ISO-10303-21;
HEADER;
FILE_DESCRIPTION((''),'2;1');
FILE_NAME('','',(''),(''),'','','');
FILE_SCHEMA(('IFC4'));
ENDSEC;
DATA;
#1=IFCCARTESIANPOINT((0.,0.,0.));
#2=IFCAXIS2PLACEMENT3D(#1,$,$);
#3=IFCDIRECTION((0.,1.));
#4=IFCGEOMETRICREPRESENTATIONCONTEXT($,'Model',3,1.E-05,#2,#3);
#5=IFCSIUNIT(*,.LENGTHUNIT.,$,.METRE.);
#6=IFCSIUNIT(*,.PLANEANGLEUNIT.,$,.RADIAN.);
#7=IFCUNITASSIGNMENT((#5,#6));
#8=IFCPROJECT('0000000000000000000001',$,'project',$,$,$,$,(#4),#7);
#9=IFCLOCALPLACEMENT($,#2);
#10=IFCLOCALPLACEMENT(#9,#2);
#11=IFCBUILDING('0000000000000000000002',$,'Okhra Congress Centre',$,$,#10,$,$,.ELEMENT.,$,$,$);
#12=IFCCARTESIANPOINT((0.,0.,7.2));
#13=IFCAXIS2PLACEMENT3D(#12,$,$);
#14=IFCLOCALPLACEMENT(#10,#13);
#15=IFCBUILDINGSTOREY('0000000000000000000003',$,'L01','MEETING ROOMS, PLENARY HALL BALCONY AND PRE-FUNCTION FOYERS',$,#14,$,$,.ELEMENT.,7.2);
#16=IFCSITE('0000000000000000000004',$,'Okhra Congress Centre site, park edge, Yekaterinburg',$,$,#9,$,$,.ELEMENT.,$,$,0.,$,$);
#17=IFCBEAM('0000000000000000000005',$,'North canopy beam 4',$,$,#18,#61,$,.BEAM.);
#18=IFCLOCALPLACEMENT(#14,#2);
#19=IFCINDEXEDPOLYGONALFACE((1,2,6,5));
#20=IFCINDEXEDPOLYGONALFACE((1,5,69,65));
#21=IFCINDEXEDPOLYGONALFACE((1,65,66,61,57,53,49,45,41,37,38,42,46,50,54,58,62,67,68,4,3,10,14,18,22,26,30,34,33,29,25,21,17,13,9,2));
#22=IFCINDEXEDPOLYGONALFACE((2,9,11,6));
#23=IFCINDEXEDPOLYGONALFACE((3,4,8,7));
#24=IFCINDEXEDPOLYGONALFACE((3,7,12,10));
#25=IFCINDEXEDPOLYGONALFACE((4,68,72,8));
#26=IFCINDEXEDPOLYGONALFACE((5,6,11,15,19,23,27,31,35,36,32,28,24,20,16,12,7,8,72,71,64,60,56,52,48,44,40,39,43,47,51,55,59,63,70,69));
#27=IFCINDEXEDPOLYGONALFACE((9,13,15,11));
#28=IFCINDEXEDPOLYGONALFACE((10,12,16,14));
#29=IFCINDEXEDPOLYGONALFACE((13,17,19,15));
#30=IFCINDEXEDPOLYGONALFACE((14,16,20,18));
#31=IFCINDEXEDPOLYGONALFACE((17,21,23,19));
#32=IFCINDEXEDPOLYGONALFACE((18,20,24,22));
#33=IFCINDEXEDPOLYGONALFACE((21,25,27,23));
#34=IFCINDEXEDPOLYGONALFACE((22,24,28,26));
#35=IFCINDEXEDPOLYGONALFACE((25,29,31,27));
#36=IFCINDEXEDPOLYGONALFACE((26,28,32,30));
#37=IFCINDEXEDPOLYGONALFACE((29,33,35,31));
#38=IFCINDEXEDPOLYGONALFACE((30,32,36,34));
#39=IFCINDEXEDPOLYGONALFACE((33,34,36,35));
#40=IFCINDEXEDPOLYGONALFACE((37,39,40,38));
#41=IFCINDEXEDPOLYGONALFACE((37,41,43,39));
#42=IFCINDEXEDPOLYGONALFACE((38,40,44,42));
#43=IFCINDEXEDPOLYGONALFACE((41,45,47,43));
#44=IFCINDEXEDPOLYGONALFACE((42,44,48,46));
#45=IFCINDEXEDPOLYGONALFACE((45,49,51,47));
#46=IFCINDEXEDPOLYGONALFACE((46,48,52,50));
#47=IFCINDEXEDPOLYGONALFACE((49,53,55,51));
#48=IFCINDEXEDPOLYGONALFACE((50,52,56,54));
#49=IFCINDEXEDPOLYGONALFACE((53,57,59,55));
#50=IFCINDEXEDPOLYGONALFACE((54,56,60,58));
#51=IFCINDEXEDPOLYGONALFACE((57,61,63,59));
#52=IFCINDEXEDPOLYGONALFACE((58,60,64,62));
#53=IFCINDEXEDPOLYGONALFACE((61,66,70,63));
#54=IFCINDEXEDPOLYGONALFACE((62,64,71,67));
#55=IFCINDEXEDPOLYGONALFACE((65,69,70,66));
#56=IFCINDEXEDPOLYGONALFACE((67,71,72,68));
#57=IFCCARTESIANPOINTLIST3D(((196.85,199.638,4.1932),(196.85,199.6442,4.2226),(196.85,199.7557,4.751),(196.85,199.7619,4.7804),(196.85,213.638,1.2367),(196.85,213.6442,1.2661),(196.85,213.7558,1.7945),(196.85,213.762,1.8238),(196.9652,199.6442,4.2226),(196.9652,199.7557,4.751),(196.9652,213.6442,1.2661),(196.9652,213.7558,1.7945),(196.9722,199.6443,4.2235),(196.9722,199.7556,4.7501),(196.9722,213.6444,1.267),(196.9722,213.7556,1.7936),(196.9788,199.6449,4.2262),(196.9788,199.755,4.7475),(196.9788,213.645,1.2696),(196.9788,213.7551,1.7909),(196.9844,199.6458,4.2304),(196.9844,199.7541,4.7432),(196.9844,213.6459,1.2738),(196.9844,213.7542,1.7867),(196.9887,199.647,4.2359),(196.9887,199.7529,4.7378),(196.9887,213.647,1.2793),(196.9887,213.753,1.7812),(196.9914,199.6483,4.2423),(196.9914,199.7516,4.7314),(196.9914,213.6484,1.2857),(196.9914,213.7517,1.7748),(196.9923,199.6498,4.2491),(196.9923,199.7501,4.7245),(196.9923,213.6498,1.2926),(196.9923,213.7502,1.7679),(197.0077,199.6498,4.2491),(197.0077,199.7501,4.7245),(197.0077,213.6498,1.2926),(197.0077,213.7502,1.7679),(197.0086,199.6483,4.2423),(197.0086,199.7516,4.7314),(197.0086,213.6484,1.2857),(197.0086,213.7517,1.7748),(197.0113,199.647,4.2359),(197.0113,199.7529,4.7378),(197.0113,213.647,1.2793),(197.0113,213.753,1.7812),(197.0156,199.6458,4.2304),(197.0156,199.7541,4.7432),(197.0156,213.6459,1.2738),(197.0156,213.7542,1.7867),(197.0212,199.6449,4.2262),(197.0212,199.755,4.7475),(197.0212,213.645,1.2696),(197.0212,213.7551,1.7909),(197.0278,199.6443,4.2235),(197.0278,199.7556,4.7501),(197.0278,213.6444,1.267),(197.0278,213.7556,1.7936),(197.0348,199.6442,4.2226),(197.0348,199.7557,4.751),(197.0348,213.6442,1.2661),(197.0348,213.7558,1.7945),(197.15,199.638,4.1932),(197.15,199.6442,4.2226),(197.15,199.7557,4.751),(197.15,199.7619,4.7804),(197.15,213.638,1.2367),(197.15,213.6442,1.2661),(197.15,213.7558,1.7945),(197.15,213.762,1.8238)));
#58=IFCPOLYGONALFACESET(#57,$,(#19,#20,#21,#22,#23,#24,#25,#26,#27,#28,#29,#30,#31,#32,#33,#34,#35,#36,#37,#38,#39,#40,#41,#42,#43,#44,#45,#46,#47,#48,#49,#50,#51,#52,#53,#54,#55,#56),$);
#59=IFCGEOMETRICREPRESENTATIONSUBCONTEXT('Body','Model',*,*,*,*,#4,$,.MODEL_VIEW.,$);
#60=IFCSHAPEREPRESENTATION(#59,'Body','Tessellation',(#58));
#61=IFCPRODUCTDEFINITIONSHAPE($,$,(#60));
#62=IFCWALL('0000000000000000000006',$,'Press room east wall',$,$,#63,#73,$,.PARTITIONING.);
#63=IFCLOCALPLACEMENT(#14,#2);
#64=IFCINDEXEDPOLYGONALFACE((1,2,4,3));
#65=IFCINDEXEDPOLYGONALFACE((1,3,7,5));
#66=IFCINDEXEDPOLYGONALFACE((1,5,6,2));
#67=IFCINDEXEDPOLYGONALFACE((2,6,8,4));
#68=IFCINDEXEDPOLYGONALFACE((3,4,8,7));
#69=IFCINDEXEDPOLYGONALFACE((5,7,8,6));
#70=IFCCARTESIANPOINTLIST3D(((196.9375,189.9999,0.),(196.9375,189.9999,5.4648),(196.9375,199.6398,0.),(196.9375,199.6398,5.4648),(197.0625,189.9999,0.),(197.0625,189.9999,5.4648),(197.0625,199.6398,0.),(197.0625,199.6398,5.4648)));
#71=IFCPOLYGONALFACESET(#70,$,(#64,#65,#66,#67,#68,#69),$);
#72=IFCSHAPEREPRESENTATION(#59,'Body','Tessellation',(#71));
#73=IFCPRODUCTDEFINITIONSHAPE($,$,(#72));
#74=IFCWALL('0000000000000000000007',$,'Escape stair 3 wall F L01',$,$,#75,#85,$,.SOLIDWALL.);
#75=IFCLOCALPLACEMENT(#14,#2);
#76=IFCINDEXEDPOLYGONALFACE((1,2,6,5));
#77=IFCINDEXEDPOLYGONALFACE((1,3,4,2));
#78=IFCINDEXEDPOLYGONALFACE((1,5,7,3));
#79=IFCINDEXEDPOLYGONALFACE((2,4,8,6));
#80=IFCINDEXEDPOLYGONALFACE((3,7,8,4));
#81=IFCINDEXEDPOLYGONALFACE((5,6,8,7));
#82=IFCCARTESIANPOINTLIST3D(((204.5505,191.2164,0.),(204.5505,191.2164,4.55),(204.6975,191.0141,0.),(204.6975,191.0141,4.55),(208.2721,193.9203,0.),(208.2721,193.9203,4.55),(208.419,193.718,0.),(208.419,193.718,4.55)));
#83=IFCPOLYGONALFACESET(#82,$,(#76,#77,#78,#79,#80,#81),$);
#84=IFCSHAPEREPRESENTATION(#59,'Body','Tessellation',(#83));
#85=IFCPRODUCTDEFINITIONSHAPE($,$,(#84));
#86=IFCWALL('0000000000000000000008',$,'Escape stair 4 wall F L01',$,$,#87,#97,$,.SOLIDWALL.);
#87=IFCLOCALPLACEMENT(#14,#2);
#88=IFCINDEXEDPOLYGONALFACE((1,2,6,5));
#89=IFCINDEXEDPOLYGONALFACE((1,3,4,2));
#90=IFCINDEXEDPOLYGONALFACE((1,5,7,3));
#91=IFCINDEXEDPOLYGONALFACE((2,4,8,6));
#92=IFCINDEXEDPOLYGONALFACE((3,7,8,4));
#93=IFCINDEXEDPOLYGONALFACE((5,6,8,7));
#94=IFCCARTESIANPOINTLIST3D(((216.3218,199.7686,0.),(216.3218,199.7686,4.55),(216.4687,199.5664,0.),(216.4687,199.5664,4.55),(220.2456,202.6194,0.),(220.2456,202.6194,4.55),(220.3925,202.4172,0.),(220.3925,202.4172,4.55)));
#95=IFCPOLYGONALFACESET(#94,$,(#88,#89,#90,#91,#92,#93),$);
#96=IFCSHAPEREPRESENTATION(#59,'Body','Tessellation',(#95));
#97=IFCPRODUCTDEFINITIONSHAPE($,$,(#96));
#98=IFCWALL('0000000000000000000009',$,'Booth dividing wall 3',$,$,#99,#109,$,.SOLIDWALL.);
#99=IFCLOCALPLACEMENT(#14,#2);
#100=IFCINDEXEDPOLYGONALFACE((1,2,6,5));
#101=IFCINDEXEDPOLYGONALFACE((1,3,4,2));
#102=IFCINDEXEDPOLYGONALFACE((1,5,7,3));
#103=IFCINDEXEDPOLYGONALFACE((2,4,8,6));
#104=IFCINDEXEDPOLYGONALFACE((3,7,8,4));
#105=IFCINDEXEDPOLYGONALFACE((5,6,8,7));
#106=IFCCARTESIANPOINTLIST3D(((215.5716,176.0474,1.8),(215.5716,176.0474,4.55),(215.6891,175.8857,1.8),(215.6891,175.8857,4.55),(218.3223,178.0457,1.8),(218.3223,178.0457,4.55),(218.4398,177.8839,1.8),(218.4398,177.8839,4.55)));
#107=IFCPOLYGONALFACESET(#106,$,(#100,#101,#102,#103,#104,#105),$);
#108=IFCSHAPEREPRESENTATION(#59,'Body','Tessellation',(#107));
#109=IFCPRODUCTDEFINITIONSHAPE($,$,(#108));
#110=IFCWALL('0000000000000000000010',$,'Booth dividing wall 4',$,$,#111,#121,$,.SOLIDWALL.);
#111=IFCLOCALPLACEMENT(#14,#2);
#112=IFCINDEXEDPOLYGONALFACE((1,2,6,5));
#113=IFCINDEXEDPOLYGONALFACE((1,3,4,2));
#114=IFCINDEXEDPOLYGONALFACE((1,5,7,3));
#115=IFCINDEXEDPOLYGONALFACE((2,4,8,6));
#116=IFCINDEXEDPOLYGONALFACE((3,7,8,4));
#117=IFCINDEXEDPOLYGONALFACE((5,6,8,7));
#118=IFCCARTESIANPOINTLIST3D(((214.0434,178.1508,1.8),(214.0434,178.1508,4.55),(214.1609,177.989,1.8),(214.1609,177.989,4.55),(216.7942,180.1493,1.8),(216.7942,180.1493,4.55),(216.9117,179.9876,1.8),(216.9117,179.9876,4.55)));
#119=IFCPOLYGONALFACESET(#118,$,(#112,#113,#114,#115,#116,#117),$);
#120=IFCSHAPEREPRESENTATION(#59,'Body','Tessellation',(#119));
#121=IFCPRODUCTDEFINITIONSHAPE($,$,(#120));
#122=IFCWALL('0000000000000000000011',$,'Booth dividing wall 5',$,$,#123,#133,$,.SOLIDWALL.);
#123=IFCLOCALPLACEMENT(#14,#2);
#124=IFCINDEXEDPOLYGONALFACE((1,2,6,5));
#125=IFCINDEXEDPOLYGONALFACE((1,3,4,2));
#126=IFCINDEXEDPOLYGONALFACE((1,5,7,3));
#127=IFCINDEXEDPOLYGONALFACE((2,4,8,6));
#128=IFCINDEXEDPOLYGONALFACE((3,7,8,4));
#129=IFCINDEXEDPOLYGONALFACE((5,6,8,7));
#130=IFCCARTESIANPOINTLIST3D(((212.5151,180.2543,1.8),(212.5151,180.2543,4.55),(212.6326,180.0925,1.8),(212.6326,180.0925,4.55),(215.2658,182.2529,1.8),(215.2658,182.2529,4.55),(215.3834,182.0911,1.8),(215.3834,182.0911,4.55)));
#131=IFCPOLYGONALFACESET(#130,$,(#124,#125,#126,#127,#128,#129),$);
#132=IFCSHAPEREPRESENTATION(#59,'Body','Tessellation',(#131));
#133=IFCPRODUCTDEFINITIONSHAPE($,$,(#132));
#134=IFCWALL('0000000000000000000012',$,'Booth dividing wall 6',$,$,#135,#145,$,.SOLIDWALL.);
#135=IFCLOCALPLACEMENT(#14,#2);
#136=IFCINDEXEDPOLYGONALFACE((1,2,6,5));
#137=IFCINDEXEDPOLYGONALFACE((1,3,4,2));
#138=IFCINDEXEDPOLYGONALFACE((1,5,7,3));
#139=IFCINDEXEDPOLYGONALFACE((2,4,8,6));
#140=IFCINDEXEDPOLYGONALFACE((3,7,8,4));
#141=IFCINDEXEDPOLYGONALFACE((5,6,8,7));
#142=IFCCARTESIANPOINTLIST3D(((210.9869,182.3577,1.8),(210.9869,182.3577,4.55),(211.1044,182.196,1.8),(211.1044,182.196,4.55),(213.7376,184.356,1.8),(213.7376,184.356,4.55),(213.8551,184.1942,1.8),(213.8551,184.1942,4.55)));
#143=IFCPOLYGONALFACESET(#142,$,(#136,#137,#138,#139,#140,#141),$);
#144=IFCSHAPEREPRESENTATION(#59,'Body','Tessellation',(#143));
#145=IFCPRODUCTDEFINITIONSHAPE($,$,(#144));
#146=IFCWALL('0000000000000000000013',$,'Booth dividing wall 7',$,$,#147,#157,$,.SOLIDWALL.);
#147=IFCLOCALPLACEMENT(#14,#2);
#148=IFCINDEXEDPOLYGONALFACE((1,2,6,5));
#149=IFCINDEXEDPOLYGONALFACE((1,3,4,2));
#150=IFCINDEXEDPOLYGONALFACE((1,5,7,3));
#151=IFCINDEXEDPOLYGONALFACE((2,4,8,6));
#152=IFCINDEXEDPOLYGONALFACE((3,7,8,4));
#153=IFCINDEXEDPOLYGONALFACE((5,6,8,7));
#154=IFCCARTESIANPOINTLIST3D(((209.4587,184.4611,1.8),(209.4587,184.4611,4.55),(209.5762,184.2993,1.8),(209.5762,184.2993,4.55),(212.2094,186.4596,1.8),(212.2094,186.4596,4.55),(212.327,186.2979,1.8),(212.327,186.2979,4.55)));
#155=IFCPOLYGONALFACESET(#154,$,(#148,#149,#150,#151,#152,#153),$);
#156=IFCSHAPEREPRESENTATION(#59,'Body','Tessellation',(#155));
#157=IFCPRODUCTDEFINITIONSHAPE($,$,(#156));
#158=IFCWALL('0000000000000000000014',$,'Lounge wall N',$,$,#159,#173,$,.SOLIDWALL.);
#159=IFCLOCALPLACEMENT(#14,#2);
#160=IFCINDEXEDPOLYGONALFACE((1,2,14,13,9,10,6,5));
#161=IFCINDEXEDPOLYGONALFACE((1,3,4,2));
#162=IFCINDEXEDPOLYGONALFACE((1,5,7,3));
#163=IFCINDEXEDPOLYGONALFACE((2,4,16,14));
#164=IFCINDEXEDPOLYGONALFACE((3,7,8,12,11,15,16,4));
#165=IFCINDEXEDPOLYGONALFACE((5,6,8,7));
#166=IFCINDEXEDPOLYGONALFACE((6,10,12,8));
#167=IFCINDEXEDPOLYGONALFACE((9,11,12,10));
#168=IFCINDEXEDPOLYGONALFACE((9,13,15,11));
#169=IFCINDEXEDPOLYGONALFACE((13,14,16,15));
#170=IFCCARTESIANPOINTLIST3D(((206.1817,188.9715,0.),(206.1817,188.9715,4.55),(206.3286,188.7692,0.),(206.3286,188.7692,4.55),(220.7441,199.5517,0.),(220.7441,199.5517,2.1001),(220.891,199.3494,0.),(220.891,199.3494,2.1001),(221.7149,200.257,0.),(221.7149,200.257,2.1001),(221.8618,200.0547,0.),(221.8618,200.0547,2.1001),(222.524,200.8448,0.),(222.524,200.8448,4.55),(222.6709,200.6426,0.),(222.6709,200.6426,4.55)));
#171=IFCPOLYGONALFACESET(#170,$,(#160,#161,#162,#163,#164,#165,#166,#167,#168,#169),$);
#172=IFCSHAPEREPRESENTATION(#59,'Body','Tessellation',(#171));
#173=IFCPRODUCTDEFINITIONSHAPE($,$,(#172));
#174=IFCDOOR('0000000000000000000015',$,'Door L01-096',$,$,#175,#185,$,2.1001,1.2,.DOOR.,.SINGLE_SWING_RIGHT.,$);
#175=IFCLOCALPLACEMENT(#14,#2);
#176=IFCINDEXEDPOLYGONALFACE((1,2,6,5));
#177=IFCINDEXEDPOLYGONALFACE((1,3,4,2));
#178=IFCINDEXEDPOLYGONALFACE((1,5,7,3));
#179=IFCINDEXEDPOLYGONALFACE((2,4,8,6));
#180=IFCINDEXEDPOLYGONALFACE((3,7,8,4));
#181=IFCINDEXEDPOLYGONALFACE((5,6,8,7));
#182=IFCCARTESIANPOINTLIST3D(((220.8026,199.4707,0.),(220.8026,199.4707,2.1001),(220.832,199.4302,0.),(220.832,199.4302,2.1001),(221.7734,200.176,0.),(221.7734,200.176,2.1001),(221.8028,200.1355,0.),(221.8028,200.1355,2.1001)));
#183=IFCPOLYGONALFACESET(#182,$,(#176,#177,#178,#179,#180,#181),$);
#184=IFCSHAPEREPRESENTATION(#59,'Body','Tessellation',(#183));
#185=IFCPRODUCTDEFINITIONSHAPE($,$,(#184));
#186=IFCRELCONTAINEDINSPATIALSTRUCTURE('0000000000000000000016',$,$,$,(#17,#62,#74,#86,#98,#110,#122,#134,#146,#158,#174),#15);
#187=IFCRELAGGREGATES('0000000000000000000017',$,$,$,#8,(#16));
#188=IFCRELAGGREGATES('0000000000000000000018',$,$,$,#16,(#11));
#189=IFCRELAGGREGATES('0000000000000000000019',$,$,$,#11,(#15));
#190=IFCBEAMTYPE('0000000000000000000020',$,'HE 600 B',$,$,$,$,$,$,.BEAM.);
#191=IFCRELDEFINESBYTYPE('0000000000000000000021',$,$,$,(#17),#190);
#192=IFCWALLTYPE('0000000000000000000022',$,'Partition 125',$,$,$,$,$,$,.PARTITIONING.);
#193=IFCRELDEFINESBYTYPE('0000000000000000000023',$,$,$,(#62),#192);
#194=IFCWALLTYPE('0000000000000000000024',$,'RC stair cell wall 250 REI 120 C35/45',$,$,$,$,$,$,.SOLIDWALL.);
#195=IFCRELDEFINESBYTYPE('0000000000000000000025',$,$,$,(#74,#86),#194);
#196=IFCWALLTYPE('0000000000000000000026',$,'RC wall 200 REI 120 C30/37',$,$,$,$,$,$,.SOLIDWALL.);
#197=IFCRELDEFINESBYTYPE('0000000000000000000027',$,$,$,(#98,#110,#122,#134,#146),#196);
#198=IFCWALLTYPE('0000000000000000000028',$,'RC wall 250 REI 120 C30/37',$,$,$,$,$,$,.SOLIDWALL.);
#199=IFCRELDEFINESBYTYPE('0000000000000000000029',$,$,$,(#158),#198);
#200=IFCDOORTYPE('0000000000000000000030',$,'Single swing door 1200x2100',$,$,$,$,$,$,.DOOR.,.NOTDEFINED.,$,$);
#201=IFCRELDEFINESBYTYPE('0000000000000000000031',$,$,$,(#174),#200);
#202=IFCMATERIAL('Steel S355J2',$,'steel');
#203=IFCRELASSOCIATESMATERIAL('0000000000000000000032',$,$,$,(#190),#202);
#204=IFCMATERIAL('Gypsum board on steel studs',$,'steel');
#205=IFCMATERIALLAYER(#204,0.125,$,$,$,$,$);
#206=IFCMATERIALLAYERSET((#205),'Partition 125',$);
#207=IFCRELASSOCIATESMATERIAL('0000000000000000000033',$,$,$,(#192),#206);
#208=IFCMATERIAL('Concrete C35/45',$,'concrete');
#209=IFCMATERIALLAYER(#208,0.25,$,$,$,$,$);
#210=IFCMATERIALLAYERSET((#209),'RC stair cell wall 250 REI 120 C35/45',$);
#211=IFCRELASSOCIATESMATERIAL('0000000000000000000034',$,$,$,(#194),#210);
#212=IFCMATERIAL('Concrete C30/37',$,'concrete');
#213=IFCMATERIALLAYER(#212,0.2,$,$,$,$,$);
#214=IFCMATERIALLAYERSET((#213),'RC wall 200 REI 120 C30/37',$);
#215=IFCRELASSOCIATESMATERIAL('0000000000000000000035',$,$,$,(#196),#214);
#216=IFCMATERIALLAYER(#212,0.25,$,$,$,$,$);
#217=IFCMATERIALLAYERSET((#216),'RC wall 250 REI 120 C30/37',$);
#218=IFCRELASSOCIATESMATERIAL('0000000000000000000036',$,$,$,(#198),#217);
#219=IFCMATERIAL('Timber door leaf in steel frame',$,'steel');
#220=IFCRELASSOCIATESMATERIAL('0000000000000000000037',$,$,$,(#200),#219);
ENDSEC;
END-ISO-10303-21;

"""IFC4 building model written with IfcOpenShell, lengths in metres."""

from ifc_helpers import new_model, si_unit, direction, frame, frame_2d, origin, origin_2d, place, context, subcontext, project, spatial, rectangle, i_section, extrude, material, layer, layer_set, material_profile, profile_set, type_object, element, fill, save


model = new_model("IFC4")

# Units and contexts
model_context = context("Model", 3, precision=1e-05, world=origin(), true_north=direction((0.0, 1.0)))
body_context = subcontext(model_context, "Body", "Model", "MODEL_VIEW")
ifc_project = project(units=[si_unit("LENGTHUNIT", "METRE"), si_unit("PLANEANGLEUNIT", "RADIAN")], contexts=[model_context])

# Site, building, storey
site_placement = place(None, origin())
site = spatial("IfcSite", under=ifc_project, at=site_placement, Name="Okhra Congress Centre site, park edge, Yekaterinburg", CompositionType="ELEMENT", RefElevation=0.0)
building_placement = place(site_placement, origin())
building = spatial("IfcBuilding", under=site, at=building_placement, Name="Okhra Congress Centre", CompositionType="ELEMENT")
storey_placement = place(building_placement, frame((0.0, 0.0, 7.2)))
storey = spatial("IfcBuildingStorey", under=building, at=storey_placement, Name="L01", Description="MEETING ROOMS, PLENARY HALL BALCONY AND PRE-FUNCTION FOYERS", CompositionType="ELEMENT", Elevation=7.2)

# Shared definitions
ifc_material_1 = material(Name="Steel S355J2", Category="steel")
ifc_material_2 = material(Name="Concrete C35/45", Category="concrete")

# Beam
ifc_material_profile_1 = material_profile(ifc_material_1, i_section(OverallWidth=0.3, OverallDepth=0.6001, WebThickness=0.0154, FlangeThickness=0.03, FilletRadius=0.0271, at=origin_2d()), Name="HE 600 B")
ifc_profile_set_1 = profile_set([ifc_material_profile_1], Name="Steel S355J2")
beam_type = type_object("IfcBeamType", Name="HE 600 B", PredefinedType="BEAM", material=ifc_profile_set_1)
for number, where, z_axis, x_axis, name in (
    (1, (197.0, 199.7, 4.4868), (0.0, 0.97842, -0.206624), (-1.0, 0.0, 0.0), "North canopy beam 4"),
):
    element("IfcBeam", number, at=place(storey_placement, frame(where, z_axis=z_axis, x_axis=x_axis)), inside=storey, type_object=beam_type, Name=name, PredefinedType="BEAM", context=body_context, shape_type="SweptSolid", body=[
        extrude(i_section(OverallWidth=0.3, OverallDepth=0.6001, WebThickness=0.0154, FlangeThickness=0.03, FilletRadius=0.0271, at=origin_2d()), origin(), (0.0, 0.0, 1.0), 14.3088),
    ])

# Walls
ifc_material_3 = material(Name="Gypsum board on steel studs", Category="steel")
ifc_layer_1 = layer(ifc_material_3, 0.125)
ifc_layer_set_1 = layer_set([ifc_layer_1], Name="Partition 125")
wall_type_1 = type_object("IfcWallType", Name="Partition 125", PredefinedType="PARTITIONING", material=ifc_layer_set_1)
wall_1_placement = place(storey_placement, frame((197.0, 190.0, 0.0), z_axis=(0.0, 0.0, 1.0), x_axis=(0.0, 1.0, 0.0)))
element("IfcWall", 2, at=wall_1_placement, inside=storey, type_object=wall_type_1, Name="Press room east wall", PredefinedType="PARTITIONING", context=body_context, shape_type="SweptSolid", body=[
    extrude(rectangle(XDim=9.6399, YDim=0.125, at=frame_2d((4.8198, 0.0))), origin(), (0.0, 0.0, 1.0), 5.4648),
])
ifc_layer_2 = layer(ifc_material_2, 0.25)
ifc_layer_set_2 = layer_set([ifc_layer_2], Name="RC stair cell wall 250 REI 120 C35/45")
wall_type_2 = type_object("IfcWallType", Name="RC stair cell wall 250 REI 120 C35/45", PredefinedType="SOLIDWALL", material=ifc_layer_set_2)
wall_2_placement = place(storey_placement, frame((204.624, 191.1152, 0.0), z_axis=(0.0, 0.0, 1.0), x_axis=(0.809009, 0.587796, 0.0)))
element("IfcWall", 3, at=wall_2_placement, inside=storey, type_object=wall_type_2, Name="Escape stair 3 wall F L01", PredefinedType="SOLIDWALL", context=body_context, shape_type="SweptSolid", body=[
    extrude(rectangle(XDim=4.6001, YDim=0.25, at=frame_2d((2.3, 0.0))), origin(), (0.0, 0.0, 1.0), 4.55),
])
wall_3_placement = place(storey_placement, frame((216.3953, 199.6675, 0.0), z_axis=(0.0, 0.0, 1.0), x_axis=(0.809017, 0.587786, 0.0)))
element("IfcWall", 4, at=wall_3_placement, inside=storey, type_object=wall_type_2, Name="Escape stair 4 wall F L01", PredefinedType="SOLIDWALL", context=body_context, shape_type="SweptSolid", body=[
    extrude(rectangle(XDim=4.8501, YDim=0.25, at=frame_2d((2.425, 0.0))), origin(), (0.0, 0.0, 1.0), 4.55),
])
ifc_material_4 = material(Name="Concrete C30/37", Category="concrete")
ifc_layer_3 = layer(ifc_material_4, 0.2)
ifc_layer_set_3 = layer_set([ifc_layer_3], Name="RC wall 200 REI 120 C30/37")
wall_type_3 = type_object("IfcWallType", Name="RC wall 200 REI 120 C30/37", PredefinedType="SOLIDWALL", material=ifc_layer_set_3)
wall_4_placement = place(storey_placement, frame((215.6304, 175.9666, 1.8), z_axis=(0.0, 0.0, 1.0), x_axis=(0.80905, 0.58774, 0.0)))
element("IfcWall", 5, at=wall_4_placement, inside=storey, type_object=wall_type_3, Name="Booth dividing wall 3", PredefinedType="SOLIDWALL", context=body_context, shape_type="SweptSolid", body=[
    extrude(rectangle(XDim=3.3999, YDim=0.2, at=frame_2d((1.7, 0.0))), origin(), (0.0, 0.0, 1.0), 2.75),
])
for number, where, z_axis, x_axis, name in (
    (6, (214.1021, 178.0698, 1.8), (0.0, 0.0, 1.0), (0.809015, 0.587787, 0.0), "Booth dividing wall 4"),
    (7, (212.5737, 180.1733, 1.8), (0.0, 0.0, 1.0), (0.809015, 0.587787, 0.0), "Booth dividing wall 5"),
):
    element("IfcWall", number, at=place(storey_placement, frame(where, z_axis=z_axis, x_axis=x_axis)), inside=storey, type_object=wall_type_3, Name=name, PredefinedType="SOLIDWALL", context=body_context, shape_type="SweptSolid", body=[
        extrude(rectangle(XDim=3.4001, YDim=0.2, at=frame_2d((1.7002, 0.0))), origin(), (0.0, 0.0, 1.0), 2.75),
    ])
wall_5_placement = place(storey_placement, frame((211.0457, 182.2769, 1.8), z_axis=(0.0, 0.0, 1.0), x_axis=(0.80905, 0.58774, 0.0)))
element("IfcWall", 8, at=wall_5_placement, inside=storey, type_object=wall_type_3, Name="Booth dividing wall 6", PredefinedType="SOLIDWALL", context=body_context, shape_type="SweptSolid", body=[
    extrude(rectangle(XDim=3.3999, YDim=0.2, at=frame_2d((1.7, 0.0))), origin(), (0.0, 0.0, 1.0), 2.75),
])
wall_6_placement = place(storey_placement, frame((209.5173, 184.3801, 1.8), z_axis=(0.0, 0.0, 1.0), x_axis=(0.809015, 0.587787, 0.0)))
element("IfcWall", 9, at=wall_6_placement, inside=storey, type_object=wall_type_3, Name="Booth dividing wall 7", PredefinedType="SOLIDWALL", context=body_context, shape_type="SweptSolid", body=[
    extrude(rectangle(XDim=3.4001, YDim=0.2, at=frame_2d((1.7002, 0.0))), origin(), (0.0, 0.0, 1.0), 2.75),
])

# Wall, opening, door
ifc_layer_4 = layer(ifc_material_4, 0.25)
ifc_layer_set_4 = layer_set([ifc_layer_4], Name="RC wall 250 REI 120 C30/37")
wall_type_4 = type_object("IfcWallType", Name="RC wall 250 REI 120 C30/37", PredefinedType="SOLIDWALL", material=ifc_layer_set_4)
wall_7_placement = place(storey_placement, frame((206.2551, 188.8704, 0.0), z_axis=(0.0, 0.0, 1.0), x_axis=(0.809019, 0.587783, 0.0)))
wall_7 = element("IfcWall", 10, at=wall_7_placement, inside=storey, type_object=wall_type_4, Name="Lounge wall N", PredefinedType="SOLIDWALL", context=body_context, shape_type="SweptSolid", body=[
    extrude(rectangle(XDim=20.2002, YDim=0.25, at=frame_2d((10.1001, 0.0))), origin(), (0.0, 0.0, 1.0), 4.55),
])
opening_1_placement = place(wall_7_placement, frame((18.0, 0.0, 0.0)))
opening_1 = element("IfcOpeningElement", 11, at=opening_1_placement, cuts=wall_7, PredefinedType="OPENING", context=body_context, shape_type="SweptSolid", body=[
    extrude(rectangle(XDim=1.2, YDim=2.1001, at=frame_2d((0.6001, 1.05))), frame((0.0, 0.135, 0.0), z_axis=(0.0, -1.0, 0.0), x_axis=(1.0, 0.0, 0.0)), (0.0, 0.0, 1.0), 0.27),
])
ifc_material_5 = material(Name="Timber door leaf in steel frame", Category="steel")
door_type = type_object("IfcDoorType", Name="Single swing door 1200x2100", OperationType="NOTDEFINED", PredefinedType="DOOR", material=ifc_material_5)
door_placement = place(opening_1_placement, frame((1.2, 0.0, 0.0), z_axis=(0.0, 0.0, 1.0), x_axis=(-1.0, 0.0, 0.0)))
door = element("IfcDoor", 12, at=door_placement, inside=storey, type_object=door_type, Name="Door L01-096", OperationType="SINGLE_SWING_RIGHT", OverallHeight=2.1001, OverallWidth=1.2, PredefinedType="DOOR", context=body_context, shape_type="SweptSolid", body=[
    extrude(rectangle(XDim=1.2, YDim=2.1001, at=frame_2d((0.6001, 1.05))), frame((0.0, 0.0249, 0.0), z_axis=(0.0, -1.0, 0.0), x_axis=(1.0, 0.0, 0.0)), (0.0, 0.0, 1.0), 0.05),
])
fill(opening_1, door)

save(model, "model.ifc")
